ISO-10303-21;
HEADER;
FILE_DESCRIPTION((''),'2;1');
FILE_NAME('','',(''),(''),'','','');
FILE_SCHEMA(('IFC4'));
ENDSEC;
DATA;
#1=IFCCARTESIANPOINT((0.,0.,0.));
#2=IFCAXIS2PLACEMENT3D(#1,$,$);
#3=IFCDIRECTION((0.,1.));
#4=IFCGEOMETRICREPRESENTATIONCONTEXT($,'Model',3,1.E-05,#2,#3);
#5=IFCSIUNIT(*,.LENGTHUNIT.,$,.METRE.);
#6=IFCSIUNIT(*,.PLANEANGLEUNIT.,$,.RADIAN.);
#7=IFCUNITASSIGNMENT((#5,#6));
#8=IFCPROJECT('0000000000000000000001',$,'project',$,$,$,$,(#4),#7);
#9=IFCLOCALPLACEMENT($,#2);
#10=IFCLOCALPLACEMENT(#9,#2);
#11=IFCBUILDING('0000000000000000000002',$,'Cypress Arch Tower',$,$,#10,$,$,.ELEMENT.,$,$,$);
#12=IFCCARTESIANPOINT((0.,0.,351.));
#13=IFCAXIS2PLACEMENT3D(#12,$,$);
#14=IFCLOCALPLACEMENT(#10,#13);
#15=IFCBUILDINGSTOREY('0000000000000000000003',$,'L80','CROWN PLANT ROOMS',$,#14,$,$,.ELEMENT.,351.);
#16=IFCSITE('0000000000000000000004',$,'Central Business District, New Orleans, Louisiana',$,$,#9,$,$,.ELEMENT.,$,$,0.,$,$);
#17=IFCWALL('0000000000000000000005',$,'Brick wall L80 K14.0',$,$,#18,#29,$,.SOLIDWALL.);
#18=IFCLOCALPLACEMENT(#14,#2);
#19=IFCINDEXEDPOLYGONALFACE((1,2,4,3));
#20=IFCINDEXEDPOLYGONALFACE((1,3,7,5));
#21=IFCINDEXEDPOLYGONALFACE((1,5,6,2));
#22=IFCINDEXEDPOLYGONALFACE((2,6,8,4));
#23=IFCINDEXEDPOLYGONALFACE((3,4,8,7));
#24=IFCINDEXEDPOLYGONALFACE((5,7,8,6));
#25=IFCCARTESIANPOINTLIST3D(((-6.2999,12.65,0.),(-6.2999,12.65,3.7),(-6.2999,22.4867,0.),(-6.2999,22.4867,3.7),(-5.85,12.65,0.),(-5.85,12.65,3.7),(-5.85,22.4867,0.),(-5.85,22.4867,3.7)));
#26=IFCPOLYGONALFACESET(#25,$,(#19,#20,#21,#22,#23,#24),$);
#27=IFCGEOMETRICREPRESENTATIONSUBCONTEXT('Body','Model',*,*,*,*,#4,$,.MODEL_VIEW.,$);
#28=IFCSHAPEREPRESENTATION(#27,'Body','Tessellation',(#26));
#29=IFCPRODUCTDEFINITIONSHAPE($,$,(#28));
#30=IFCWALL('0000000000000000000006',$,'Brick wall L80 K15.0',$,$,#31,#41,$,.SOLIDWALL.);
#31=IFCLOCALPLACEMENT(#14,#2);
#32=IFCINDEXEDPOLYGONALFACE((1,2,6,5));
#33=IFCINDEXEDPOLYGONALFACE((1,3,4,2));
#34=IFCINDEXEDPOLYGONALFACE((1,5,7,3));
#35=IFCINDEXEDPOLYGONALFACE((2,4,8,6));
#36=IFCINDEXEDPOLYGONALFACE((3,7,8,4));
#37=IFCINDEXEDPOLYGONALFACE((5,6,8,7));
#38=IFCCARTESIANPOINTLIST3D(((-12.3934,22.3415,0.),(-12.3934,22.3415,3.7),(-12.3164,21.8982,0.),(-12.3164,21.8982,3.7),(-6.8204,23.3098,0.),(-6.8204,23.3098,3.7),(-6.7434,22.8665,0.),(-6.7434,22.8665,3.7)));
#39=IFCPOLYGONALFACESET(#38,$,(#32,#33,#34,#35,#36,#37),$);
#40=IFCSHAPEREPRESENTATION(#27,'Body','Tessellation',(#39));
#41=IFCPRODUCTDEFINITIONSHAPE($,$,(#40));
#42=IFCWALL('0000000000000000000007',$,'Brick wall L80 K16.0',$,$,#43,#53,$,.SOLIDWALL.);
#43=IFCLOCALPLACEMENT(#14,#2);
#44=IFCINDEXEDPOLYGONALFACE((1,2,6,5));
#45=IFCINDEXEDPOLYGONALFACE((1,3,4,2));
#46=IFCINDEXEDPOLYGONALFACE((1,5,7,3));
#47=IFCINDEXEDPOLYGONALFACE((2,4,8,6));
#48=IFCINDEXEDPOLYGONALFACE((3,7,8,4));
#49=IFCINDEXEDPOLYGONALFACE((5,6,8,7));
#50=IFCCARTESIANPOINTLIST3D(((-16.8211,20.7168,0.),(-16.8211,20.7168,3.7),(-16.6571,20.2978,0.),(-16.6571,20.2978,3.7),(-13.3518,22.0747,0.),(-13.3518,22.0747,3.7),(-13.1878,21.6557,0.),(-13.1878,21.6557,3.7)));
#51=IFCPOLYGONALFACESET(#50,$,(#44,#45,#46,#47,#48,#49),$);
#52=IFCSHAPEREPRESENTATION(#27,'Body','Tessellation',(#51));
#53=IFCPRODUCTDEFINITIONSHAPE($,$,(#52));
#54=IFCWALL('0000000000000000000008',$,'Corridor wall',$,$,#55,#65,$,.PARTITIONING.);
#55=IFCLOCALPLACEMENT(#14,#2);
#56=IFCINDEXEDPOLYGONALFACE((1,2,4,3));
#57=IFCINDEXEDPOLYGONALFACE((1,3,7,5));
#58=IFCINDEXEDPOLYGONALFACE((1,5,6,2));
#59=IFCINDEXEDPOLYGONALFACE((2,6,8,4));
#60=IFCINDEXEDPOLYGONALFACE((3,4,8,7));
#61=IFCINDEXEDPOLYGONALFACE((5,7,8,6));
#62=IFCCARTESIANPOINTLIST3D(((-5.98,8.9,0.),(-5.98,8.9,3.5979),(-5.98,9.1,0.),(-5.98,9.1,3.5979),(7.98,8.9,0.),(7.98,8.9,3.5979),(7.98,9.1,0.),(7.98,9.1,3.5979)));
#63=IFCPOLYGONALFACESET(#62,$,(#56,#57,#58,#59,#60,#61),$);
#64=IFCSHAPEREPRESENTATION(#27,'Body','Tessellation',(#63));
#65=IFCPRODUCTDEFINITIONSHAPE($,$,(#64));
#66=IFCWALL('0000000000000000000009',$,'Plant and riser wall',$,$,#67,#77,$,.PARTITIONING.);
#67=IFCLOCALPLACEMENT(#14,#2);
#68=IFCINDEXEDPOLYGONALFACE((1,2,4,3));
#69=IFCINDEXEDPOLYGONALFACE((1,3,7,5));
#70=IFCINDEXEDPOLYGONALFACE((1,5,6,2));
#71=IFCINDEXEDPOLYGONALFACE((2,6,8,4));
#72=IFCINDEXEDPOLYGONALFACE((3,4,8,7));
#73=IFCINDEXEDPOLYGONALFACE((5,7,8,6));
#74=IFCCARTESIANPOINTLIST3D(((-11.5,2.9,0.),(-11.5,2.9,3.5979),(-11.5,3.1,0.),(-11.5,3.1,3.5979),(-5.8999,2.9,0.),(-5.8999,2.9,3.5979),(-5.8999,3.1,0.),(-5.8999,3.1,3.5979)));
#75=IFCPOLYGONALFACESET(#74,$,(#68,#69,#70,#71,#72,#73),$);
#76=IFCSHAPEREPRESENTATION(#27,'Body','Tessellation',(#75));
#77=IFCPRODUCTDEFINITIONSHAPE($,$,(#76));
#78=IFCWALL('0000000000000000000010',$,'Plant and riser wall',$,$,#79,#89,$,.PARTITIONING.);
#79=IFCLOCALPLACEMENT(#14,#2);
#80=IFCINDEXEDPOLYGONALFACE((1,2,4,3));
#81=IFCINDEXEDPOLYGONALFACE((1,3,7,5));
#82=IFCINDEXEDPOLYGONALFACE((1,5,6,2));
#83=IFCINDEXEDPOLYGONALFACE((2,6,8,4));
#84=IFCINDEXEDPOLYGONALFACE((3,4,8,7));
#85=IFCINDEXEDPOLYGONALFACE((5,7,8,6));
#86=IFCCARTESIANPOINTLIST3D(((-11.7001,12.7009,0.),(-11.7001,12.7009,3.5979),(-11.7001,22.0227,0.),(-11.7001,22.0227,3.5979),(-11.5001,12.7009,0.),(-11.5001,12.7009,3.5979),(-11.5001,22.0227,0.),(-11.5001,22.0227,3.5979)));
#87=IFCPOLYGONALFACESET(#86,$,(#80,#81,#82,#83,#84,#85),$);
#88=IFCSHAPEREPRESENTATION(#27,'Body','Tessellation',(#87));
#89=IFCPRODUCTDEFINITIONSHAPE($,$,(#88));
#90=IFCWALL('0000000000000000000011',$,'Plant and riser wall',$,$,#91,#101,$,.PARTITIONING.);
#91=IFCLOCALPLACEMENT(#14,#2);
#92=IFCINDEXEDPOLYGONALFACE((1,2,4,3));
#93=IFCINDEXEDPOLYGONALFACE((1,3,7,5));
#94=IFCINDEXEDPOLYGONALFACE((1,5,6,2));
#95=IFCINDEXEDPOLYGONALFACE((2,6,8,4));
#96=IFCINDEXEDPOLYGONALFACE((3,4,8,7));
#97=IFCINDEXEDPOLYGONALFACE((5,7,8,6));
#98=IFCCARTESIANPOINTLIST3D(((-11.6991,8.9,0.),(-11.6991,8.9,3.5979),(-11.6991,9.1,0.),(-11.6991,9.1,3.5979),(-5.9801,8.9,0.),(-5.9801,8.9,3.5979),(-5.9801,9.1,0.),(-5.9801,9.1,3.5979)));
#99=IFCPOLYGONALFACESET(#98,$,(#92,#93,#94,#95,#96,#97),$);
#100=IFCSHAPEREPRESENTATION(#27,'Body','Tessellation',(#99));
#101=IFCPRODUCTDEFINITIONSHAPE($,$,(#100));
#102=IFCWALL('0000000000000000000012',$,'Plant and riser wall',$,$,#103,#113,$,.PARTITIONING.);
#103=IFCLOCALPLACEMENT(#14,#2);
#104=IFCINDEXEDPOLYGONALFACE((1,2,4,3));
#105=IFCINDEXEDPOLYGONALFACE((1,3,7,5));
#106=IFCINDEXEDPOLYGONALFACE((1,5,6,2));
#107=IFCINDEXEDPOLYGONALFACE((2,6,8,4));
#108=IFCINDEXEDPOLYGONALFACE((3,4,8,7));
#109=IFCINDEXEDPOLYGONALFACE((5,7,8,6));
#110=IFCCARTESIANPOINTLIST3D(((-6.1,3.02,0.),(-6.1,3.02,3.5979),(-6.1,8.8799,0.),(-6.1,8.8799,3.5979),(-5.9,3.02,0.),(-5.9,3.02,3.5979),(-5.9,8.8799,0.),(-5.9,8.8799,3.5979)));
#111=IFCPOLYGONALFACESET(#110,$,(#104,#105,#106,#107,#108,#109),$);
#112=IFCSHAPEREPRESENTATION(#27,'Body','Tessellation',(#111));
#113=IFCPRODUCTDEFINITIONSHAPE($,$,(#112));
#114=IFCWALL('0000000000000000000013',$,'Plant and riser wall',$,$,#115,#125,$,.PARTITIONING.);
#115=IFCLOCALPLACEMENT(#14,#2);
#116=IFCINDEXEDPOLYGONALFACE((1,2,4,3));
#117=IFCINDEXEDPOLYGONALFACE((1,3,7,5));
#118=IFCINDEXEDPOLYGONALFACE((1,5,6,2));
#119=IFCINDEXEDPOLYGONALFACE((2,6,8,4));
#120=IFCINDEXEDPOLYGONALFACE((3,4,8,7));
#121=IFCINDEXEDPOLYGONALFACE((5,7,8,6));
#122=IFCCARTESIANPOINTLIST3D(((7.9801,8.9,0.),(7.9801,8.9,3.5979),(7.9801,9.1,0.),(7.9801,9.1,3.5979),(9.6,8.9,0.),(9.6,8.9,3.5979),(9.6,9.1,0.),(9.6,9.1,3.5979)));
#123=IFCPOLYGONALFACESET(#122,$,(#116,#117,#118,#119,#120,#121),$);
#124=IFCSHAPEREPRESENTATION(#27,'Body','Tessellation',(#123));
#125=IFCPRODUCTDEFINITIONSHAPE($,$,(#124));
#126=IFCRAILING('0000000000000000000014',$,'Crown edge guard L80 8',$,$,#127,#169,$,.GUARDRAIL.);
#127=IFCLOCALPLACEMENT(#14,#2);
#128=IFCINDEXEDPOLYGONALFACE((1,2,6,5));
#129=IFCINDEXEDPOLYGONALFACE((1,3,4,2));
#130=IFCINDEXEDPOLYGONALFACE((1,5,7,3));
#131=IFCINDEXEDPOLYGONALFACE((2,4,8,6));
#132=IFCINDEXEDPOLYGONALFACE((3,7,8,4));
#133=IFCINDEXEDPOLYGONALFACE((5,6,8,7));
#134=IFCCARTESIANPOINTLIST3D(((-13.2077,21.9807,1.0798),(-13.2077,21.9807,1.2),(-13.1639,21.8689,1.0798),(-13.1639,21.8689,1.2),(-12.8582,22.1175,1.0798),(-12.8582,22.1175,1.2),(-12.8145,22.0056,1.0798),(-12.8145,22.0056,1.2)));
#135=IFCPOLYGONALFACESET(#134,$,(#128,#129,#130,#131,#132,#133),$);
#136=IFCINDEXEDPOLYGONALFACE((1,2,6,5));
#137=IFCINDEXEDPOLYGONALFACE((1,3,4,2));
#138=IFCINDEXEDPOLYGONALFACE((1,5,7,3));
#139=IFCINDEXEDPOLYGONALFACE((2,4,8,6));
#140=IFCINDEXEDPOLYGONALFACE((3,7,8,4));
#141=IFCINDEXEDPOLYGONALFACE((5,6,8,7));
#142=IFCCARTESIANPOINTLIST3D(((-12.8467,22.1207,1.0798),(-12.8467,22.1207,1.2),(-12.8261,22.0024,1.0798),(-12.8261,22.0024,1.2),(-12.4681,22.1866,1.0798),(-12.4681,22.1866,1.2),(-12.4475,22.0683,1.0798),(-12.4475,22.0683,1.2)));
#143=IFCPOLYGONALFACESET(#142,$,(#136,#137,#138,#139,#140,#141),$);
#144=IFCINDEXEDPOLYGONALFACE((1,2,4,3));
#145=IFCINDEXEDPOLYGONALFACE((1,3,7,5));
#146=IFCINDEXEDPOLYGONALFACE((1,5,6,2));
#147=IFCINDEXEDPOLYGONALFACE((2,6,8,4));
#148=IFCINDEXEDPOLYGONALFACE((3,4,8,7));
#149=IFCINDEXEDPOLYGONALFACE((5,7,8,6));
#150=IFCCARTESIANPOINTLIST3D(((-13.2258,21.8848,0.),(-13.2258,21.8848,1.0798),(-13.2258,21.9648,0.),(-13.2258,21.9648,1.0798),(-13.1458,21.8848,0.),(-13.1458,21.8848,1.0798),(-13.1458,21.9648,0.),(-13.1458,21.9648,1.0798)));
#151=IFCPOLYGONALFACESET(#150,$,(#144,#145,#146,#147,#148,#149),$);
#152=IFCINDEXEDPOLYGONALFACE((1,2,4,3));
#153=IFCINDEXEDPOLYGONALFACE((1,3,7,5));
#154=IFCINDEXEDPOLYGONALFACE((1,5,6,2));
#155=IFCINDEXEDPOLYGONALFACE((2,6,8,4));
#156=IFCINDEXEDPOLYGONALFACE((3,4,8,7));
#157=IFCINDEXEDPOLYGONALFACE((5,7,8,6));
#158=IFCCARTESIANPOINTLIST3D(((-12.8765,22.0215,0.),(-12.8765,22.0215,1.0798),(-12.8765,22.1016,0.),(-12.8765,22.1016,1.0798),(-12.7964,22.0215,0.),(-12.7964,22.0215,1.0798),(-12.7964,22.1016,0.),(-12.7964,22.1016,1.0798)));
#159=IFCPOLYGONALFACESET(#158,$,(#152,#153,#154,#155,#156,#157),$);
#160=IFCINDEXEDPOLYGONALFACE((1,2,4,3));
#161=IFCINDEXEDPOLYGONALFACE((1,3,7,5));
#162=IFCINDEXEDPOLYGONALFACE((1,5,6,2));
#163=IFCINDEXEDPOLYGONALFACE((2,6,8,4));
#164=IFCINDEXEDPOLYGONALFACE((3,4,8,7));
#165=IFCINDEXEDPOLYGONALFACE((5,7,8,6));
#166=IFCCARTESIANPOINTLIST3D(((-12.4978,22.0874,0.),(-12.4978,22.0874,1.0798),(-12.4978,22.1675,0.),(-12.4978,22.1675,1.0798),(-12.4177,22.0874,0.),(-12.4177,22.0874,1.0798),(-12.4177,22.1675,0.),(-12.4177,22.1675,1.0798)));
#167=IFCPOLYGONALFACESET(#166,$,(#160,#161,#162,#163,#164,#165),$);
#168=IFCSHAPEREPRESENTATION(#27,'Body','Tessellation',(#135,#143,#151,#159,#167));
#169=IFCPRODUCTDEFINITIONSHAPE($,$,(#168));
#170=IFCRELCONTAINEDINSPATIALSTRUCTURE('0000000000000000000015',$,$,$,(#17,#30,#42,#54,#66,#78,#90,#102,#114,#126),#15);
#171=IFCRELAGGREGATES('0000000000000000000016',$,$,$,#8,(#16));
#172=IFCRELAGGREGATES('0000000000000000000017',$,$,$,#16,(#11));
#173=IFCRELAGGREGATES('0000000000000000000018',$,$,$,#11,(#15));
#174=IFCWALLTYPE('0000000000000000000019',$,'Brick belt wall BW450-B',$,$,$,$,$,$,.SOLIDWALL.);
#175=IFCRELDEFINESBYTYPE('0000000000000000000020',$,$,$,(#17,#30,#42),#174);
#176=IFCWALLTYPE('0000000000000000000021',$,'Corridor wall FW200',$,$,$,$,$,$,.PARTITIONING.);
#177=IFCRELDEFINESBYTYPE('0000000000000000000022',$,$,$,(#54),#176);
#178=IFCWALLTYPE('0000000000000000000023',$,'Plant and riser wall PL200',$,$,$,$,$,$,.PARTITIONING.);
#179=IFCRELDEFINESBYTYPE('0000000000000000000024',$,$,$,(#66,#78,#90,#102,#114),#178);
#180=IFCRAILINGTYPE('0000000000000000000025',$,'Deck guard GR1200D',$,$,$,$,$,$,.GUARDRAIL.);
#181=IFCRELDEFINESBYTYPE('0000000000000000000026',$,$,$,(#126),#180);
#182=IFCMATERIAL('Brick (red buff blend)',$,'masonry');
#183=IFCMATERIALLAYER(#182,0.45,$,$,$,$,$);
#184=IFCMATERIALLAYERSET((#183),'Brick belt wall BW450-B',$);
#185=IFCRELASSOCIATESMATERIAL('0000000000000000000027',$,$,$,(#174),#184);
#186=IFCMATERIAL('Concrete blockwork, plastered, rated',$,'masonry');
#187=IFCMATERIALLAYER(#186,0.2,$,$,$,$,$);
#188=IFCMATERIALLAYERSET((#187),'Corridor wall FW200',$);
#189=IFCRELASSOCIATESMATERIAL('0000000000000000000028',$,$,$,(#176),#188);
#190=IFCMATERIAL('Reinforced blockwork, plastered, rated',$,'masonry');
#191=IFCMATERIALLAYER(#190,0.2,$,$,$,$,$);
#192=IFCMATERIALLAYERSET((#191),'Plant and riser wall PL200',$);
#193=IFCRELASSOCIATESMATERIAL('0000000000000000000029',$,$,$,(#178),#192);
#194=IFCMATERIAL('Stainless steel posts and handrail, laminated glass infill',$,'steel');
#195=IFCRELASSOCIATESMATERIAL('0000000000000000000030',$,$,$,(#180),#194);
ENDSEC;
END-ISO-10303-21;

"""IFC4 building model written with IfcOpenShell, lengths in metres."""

from ifc_helpers import new_model, si_unit, direction, frame, frame_2d, origin, origin_2d, place, context, subcontext, project, spatial, rectangle, extrude, material, layer, layer_set, type_object, element, save


model = new_model("IFC4")

# Units and contexts
model_context = context("Model", 3, precision=1e-05, world=origin(), true_north=direction((0.0, 1.0)))
body_context = subcontext(model_context, "Body", "Model", "MODEL_VIEW")
ifc_project = project(units=[si_unit("LENGTHUNIT", "METRE"), si_unit("PLANEANGLEUNIT", "RADIAN")], contexts=[model_context])

# Site, building, storey
site_placement = place(None, origin())
site = spatial("IfcSite", under=ifc_project, at=site_placement, Name="Central Business District, New Orleans, Louisiana", CompositionType="ELEMENT", RefElevation=0.0)
building_placement = place(site_placement, origin())
building = spatial("IfcBuilding", under=site, at=building_placement, Name="Cypress Arch Tower", CompositionType="ELEMENT")
storey_placement = place(building_placement, frame((0.0, 0.0, 351.0)))
storey = spatial("IfcBuildingStorey", under=building, at=storey_placement, Name="L80", Description="CROWN PLANT ROOMS", CompositionType="ELEMENT", Elevation=351.0)

# Walls
ifc_material_1 = material(Name="Brick (red buff blend)", Category="masonry")
ifc_layer_1 = layer(ifc_material_1, 0.45)
ifc_layer_set_1 = layer_set([ifc_layer_1], Name="Brick belt wall BW450-B")
wall_type_1 = type_object("IfcWallType", Name="Brick belt wall BW450-B", PredefinedType="SOLIDWALL", material=ifc_layer_set_1)
wall_1_placement = place(storey_placement, frame((-6.075, 12.6499, 0.0), z_axis=(0.0, 0.0, 1.0), x_axis=(0.0, 1.0, 0.0)))
element("IfcWall", 1, at=wall_1_placement, inside=storey, type_object=wall_type_1, Name="Brick wall L80 K14.0", PredefinedType="SOLIDWALL", context=body_context, shape_type="SweptSolid", body=[
    extrude(rectangle(XDim=9.8367, YDim=0.45, at=frame_2d((4.9185, 0.0))), origin(), (0.0, 0.0, 1.0), 3.7),
])
wall_2_placement = place(storey_placement, frame((-6.782, 23.0881, 0.0), z_axis=(0.0, 0.0, 1.0), x_axis=(-0.98524, -0.171177, 0.0)))
element("IfcWall", 2, at=wall_2_placement, inside=storey, type_object=wall_type_1, Name="Brick wall L80 K15.0", PredefinedType="SOLIDWALL", context=body_context, shape_type="SweptSolid", body=[
    extrude(rectangle(XDim=5.6565, YDim=0.45, at=frame_2d((2.8281, 0.0))), origin(), (0.0, 0.0, 1.0), 3.7),
])
wall_3_placement = place(storey_placement, frame((-13.2698, 21.8652, 0.0), z_axis=(0.0, 0.0, 1.0), x_axis=(-0.931208, -0.364488, 0.0)))
element("IfcWall", 3, at=wall_3_placement, inside=storey, type_object=wall_type_1, Name="Brick wall L80 K16.0", PredefinedType="SOLIDWALL", context=body_context, shape_type="SweptSolid", body=[
    extrude(rectangle(XDim=3.7256, YDim=0.45, at=frame_2d((1.8628, 0.0))), origin(), (0.0, 0.0, 1.0), 3.7),
])
ifc_material_2 = material(Name="Concrete blockwork, plastered, rated", Category="masonry")
ifc_layer_2 = layer(ifc_material_2, 0.2)
ifc_layer_set_2 = layer_set([ifc_layer_2], Name="Corridor wall FW200")
wall_type_2 = type_object("IfcWallType", Name="Corridor wall FW200", PredefinedType="PARTITIONING", material=ifc_layer_set_2)
wall_4_placement = place(storey_placement, frame((-5.98, 9.0, 0.0), z_axis=(0.0, 0.0, 1.0), x_axis=(1.0, 0.0, 0.0)))
element("IfcWall", 4, at=wall_4_placement, inside=storey, type_object=wall_type_2, Name="Corridor wall", PredefinedType="PARTITIONING", context=body_context, shape_type="SweptSolid", body=[
    extrude(rectangle(XDim=13.96, YDim=0.2, at=frame_2d((6.98, 0.0))), origin(), (0.0, 0.0, 1.0), 3.5979),
])
ifc_material_3 = material(Name="Reinforced blockwork, plastered, rated", Category="masonry")
ifc_layer_3 = layer(ifc_material_3, 0.2)
ifc_layer_set_3 = layer_set([ifc_layer_3], Name="Plant and riser wall PL200")
wall_type_3 = type_object("IfcWallType", Name="Plant and riser wall PL200", PredefinedType="PARTITIONING", material=ifc_layer_set_3)
wall_5_placement = place(storey_placement, frame((-11.5, 3.0, 0.0), z_axis=(0.0, 0.0, 1.0), x_axis=(1.0, 0.0, 0.0)))
element("IfcWall", 5, at=wall_5_placement, inside=storey, type_object=wall_type_3, Name="Plant and riser wall", PredefinedType="PARTITIONING", context=body_context, shape_type="SweptSolid", body=[
    extrude(rectangle(XDim=5.6001, YDim=0.2, at=frame_2d((2.8, 0.0))), origin(), (0.0, 0.0, 1.0), 3.5979),
])
wall_6_placement = place(storey_placement, frame((-11.6001, 12.7009, 0.0), z_axis=(0.0, 0.0, 1.0), x_axis=(0.0, 1.0, 0.0)))
element("IfcWall", 6, at=wall_6_placement, inside=storey, type_object=wall_type_3, Name="Plant and riser wall", PredefinedType="PARTITIONING", context=body_context, shape_type="SweptSolid", body=[
    extrude(rectangle(XDim=9.3218, YDim=0.2, at=frame_2d((4.6609, 0.0))), origin(), (0.0, 0.0, 1.0), 3.5979),
])
wall_7_placement = place(storey_placement, frame((-11.699, 9.0, 0.0), z_axis=(0.0, 0.0, 1.0), x_axis=(1.0, 0.0, 0.0)))
element("IfcWall", 7, at=wall_7_placement, inside=storey, type_object=wall_type_3, Name="Plant and riser wall", PredefinedType="PARTITIONING", context=body_context, shape_type="SweptSolid", body=[
    extrude(rectangle(XDim=5.719, YDim=0.2, at=frame_2d((2.8594, 0.0))), origin(), (0.0, 0.0, 1.0), 3.5979),
])

# Walls
wall_8_placement = place(storey_placement, frame((-6.0, 3.02, 0.0), z_axis=(0.0, 0.0, 1.0), x_axis=(0.0, 1.0, 0.0)))
element("IfcWall", 8, at=wall_8_placement, inside=storey, type_object=wall_type_3, Name="Plant and riser wall", PredefinedType="PARTITIONING", context=body_context, shape_type="SweptSolid", body=[
    extrude(rectangle(XDim=5.8599, YDim=0.2, at=frame_2d((2.9299, 0.0))), origin(), (0.0, 0.0, 1.0), 3.5979),
])
wall_9_placement = place(storey_placement, frame((7.98, 9.0, 0.0), z_axis=(0.0, 0.0, 1.0), x_axis=(1.0, 0.0, 0.0)))
element("IfcWall", 9, at=wall_9_placement, inside=storey, type_object=wall_type_3, Name="Plant and riser wall", PredefinedType="PARTITIONING", context=body_context, shape_type="SweptSolid", body=[
    extrude(rectangle(XDim=1.6199, YDim=0.2, at=frame_2d((0.8101, 0.0))), origin(), (0.0, 0.0, 1.0), 3.5979),
])

# Railing
ifc_material_4 = material(Name="Stainless steel posts and handrail, laminated glass infill", Category="steel")
railing_type = type_object("IfcRailingType", Name="Deck guard GR1200D", PredefinedType="GUARDRAIL", material=ifc_material_4)
railing_1_placement = place(storey_placement, frame((-13.1858, 21.9248, 0.0)))
element("IfcRailing", 10, at=railing_1_placement, inside=storey, type_object=railing_type, Name="Crown edge guard L80 8", PredefinedType="GUARDRAIL", context=body_context, shape_type="SweptSolid", body=[
    extrude(rectangle(XDim=0.1201, YDim=0.1201, at=origin_2d()), frame((0.0, 0.0, 1.1399), z_axis=(0.931233, 0.364424, 0.0), x_axis=(-0.364424, 0.931233, 0.0)), (0.0, 0.0, 1.0), 0.3752),
    extrude(rectangle(XDim=0.1201, YDim=0.1201, at=origin_2d()), frame((0.3494, 0.1367, 1.1399), z_axis=(0.985184, 0.171502, 0.0), x_axis=(-0.171502, 0.985184, 0.0)), (0.0, 0.0, 1.0), 0.3843),
    extrude(rectangle(XDim=0.0801, YDim=0.0801, at=origin_2d()), origin(), (0.0, 0.0, 1.0), 1.0798),
    extrude(rectangle(XDim=0.0801, YDim=0.0801, at=origin_2d()), frame((0.3494, 0.1367, 0.0)), (0.0, 0.0, 1.0), 1.0798),
    extrude(rectangle(XDim=0.0801, YDim=0.0801, at=origin_2d()), frame((0.728, 0.2026, 0.0)), (0.0, 0.0, 1.0), 1.0798),
])

save(model, "model.ifc")
